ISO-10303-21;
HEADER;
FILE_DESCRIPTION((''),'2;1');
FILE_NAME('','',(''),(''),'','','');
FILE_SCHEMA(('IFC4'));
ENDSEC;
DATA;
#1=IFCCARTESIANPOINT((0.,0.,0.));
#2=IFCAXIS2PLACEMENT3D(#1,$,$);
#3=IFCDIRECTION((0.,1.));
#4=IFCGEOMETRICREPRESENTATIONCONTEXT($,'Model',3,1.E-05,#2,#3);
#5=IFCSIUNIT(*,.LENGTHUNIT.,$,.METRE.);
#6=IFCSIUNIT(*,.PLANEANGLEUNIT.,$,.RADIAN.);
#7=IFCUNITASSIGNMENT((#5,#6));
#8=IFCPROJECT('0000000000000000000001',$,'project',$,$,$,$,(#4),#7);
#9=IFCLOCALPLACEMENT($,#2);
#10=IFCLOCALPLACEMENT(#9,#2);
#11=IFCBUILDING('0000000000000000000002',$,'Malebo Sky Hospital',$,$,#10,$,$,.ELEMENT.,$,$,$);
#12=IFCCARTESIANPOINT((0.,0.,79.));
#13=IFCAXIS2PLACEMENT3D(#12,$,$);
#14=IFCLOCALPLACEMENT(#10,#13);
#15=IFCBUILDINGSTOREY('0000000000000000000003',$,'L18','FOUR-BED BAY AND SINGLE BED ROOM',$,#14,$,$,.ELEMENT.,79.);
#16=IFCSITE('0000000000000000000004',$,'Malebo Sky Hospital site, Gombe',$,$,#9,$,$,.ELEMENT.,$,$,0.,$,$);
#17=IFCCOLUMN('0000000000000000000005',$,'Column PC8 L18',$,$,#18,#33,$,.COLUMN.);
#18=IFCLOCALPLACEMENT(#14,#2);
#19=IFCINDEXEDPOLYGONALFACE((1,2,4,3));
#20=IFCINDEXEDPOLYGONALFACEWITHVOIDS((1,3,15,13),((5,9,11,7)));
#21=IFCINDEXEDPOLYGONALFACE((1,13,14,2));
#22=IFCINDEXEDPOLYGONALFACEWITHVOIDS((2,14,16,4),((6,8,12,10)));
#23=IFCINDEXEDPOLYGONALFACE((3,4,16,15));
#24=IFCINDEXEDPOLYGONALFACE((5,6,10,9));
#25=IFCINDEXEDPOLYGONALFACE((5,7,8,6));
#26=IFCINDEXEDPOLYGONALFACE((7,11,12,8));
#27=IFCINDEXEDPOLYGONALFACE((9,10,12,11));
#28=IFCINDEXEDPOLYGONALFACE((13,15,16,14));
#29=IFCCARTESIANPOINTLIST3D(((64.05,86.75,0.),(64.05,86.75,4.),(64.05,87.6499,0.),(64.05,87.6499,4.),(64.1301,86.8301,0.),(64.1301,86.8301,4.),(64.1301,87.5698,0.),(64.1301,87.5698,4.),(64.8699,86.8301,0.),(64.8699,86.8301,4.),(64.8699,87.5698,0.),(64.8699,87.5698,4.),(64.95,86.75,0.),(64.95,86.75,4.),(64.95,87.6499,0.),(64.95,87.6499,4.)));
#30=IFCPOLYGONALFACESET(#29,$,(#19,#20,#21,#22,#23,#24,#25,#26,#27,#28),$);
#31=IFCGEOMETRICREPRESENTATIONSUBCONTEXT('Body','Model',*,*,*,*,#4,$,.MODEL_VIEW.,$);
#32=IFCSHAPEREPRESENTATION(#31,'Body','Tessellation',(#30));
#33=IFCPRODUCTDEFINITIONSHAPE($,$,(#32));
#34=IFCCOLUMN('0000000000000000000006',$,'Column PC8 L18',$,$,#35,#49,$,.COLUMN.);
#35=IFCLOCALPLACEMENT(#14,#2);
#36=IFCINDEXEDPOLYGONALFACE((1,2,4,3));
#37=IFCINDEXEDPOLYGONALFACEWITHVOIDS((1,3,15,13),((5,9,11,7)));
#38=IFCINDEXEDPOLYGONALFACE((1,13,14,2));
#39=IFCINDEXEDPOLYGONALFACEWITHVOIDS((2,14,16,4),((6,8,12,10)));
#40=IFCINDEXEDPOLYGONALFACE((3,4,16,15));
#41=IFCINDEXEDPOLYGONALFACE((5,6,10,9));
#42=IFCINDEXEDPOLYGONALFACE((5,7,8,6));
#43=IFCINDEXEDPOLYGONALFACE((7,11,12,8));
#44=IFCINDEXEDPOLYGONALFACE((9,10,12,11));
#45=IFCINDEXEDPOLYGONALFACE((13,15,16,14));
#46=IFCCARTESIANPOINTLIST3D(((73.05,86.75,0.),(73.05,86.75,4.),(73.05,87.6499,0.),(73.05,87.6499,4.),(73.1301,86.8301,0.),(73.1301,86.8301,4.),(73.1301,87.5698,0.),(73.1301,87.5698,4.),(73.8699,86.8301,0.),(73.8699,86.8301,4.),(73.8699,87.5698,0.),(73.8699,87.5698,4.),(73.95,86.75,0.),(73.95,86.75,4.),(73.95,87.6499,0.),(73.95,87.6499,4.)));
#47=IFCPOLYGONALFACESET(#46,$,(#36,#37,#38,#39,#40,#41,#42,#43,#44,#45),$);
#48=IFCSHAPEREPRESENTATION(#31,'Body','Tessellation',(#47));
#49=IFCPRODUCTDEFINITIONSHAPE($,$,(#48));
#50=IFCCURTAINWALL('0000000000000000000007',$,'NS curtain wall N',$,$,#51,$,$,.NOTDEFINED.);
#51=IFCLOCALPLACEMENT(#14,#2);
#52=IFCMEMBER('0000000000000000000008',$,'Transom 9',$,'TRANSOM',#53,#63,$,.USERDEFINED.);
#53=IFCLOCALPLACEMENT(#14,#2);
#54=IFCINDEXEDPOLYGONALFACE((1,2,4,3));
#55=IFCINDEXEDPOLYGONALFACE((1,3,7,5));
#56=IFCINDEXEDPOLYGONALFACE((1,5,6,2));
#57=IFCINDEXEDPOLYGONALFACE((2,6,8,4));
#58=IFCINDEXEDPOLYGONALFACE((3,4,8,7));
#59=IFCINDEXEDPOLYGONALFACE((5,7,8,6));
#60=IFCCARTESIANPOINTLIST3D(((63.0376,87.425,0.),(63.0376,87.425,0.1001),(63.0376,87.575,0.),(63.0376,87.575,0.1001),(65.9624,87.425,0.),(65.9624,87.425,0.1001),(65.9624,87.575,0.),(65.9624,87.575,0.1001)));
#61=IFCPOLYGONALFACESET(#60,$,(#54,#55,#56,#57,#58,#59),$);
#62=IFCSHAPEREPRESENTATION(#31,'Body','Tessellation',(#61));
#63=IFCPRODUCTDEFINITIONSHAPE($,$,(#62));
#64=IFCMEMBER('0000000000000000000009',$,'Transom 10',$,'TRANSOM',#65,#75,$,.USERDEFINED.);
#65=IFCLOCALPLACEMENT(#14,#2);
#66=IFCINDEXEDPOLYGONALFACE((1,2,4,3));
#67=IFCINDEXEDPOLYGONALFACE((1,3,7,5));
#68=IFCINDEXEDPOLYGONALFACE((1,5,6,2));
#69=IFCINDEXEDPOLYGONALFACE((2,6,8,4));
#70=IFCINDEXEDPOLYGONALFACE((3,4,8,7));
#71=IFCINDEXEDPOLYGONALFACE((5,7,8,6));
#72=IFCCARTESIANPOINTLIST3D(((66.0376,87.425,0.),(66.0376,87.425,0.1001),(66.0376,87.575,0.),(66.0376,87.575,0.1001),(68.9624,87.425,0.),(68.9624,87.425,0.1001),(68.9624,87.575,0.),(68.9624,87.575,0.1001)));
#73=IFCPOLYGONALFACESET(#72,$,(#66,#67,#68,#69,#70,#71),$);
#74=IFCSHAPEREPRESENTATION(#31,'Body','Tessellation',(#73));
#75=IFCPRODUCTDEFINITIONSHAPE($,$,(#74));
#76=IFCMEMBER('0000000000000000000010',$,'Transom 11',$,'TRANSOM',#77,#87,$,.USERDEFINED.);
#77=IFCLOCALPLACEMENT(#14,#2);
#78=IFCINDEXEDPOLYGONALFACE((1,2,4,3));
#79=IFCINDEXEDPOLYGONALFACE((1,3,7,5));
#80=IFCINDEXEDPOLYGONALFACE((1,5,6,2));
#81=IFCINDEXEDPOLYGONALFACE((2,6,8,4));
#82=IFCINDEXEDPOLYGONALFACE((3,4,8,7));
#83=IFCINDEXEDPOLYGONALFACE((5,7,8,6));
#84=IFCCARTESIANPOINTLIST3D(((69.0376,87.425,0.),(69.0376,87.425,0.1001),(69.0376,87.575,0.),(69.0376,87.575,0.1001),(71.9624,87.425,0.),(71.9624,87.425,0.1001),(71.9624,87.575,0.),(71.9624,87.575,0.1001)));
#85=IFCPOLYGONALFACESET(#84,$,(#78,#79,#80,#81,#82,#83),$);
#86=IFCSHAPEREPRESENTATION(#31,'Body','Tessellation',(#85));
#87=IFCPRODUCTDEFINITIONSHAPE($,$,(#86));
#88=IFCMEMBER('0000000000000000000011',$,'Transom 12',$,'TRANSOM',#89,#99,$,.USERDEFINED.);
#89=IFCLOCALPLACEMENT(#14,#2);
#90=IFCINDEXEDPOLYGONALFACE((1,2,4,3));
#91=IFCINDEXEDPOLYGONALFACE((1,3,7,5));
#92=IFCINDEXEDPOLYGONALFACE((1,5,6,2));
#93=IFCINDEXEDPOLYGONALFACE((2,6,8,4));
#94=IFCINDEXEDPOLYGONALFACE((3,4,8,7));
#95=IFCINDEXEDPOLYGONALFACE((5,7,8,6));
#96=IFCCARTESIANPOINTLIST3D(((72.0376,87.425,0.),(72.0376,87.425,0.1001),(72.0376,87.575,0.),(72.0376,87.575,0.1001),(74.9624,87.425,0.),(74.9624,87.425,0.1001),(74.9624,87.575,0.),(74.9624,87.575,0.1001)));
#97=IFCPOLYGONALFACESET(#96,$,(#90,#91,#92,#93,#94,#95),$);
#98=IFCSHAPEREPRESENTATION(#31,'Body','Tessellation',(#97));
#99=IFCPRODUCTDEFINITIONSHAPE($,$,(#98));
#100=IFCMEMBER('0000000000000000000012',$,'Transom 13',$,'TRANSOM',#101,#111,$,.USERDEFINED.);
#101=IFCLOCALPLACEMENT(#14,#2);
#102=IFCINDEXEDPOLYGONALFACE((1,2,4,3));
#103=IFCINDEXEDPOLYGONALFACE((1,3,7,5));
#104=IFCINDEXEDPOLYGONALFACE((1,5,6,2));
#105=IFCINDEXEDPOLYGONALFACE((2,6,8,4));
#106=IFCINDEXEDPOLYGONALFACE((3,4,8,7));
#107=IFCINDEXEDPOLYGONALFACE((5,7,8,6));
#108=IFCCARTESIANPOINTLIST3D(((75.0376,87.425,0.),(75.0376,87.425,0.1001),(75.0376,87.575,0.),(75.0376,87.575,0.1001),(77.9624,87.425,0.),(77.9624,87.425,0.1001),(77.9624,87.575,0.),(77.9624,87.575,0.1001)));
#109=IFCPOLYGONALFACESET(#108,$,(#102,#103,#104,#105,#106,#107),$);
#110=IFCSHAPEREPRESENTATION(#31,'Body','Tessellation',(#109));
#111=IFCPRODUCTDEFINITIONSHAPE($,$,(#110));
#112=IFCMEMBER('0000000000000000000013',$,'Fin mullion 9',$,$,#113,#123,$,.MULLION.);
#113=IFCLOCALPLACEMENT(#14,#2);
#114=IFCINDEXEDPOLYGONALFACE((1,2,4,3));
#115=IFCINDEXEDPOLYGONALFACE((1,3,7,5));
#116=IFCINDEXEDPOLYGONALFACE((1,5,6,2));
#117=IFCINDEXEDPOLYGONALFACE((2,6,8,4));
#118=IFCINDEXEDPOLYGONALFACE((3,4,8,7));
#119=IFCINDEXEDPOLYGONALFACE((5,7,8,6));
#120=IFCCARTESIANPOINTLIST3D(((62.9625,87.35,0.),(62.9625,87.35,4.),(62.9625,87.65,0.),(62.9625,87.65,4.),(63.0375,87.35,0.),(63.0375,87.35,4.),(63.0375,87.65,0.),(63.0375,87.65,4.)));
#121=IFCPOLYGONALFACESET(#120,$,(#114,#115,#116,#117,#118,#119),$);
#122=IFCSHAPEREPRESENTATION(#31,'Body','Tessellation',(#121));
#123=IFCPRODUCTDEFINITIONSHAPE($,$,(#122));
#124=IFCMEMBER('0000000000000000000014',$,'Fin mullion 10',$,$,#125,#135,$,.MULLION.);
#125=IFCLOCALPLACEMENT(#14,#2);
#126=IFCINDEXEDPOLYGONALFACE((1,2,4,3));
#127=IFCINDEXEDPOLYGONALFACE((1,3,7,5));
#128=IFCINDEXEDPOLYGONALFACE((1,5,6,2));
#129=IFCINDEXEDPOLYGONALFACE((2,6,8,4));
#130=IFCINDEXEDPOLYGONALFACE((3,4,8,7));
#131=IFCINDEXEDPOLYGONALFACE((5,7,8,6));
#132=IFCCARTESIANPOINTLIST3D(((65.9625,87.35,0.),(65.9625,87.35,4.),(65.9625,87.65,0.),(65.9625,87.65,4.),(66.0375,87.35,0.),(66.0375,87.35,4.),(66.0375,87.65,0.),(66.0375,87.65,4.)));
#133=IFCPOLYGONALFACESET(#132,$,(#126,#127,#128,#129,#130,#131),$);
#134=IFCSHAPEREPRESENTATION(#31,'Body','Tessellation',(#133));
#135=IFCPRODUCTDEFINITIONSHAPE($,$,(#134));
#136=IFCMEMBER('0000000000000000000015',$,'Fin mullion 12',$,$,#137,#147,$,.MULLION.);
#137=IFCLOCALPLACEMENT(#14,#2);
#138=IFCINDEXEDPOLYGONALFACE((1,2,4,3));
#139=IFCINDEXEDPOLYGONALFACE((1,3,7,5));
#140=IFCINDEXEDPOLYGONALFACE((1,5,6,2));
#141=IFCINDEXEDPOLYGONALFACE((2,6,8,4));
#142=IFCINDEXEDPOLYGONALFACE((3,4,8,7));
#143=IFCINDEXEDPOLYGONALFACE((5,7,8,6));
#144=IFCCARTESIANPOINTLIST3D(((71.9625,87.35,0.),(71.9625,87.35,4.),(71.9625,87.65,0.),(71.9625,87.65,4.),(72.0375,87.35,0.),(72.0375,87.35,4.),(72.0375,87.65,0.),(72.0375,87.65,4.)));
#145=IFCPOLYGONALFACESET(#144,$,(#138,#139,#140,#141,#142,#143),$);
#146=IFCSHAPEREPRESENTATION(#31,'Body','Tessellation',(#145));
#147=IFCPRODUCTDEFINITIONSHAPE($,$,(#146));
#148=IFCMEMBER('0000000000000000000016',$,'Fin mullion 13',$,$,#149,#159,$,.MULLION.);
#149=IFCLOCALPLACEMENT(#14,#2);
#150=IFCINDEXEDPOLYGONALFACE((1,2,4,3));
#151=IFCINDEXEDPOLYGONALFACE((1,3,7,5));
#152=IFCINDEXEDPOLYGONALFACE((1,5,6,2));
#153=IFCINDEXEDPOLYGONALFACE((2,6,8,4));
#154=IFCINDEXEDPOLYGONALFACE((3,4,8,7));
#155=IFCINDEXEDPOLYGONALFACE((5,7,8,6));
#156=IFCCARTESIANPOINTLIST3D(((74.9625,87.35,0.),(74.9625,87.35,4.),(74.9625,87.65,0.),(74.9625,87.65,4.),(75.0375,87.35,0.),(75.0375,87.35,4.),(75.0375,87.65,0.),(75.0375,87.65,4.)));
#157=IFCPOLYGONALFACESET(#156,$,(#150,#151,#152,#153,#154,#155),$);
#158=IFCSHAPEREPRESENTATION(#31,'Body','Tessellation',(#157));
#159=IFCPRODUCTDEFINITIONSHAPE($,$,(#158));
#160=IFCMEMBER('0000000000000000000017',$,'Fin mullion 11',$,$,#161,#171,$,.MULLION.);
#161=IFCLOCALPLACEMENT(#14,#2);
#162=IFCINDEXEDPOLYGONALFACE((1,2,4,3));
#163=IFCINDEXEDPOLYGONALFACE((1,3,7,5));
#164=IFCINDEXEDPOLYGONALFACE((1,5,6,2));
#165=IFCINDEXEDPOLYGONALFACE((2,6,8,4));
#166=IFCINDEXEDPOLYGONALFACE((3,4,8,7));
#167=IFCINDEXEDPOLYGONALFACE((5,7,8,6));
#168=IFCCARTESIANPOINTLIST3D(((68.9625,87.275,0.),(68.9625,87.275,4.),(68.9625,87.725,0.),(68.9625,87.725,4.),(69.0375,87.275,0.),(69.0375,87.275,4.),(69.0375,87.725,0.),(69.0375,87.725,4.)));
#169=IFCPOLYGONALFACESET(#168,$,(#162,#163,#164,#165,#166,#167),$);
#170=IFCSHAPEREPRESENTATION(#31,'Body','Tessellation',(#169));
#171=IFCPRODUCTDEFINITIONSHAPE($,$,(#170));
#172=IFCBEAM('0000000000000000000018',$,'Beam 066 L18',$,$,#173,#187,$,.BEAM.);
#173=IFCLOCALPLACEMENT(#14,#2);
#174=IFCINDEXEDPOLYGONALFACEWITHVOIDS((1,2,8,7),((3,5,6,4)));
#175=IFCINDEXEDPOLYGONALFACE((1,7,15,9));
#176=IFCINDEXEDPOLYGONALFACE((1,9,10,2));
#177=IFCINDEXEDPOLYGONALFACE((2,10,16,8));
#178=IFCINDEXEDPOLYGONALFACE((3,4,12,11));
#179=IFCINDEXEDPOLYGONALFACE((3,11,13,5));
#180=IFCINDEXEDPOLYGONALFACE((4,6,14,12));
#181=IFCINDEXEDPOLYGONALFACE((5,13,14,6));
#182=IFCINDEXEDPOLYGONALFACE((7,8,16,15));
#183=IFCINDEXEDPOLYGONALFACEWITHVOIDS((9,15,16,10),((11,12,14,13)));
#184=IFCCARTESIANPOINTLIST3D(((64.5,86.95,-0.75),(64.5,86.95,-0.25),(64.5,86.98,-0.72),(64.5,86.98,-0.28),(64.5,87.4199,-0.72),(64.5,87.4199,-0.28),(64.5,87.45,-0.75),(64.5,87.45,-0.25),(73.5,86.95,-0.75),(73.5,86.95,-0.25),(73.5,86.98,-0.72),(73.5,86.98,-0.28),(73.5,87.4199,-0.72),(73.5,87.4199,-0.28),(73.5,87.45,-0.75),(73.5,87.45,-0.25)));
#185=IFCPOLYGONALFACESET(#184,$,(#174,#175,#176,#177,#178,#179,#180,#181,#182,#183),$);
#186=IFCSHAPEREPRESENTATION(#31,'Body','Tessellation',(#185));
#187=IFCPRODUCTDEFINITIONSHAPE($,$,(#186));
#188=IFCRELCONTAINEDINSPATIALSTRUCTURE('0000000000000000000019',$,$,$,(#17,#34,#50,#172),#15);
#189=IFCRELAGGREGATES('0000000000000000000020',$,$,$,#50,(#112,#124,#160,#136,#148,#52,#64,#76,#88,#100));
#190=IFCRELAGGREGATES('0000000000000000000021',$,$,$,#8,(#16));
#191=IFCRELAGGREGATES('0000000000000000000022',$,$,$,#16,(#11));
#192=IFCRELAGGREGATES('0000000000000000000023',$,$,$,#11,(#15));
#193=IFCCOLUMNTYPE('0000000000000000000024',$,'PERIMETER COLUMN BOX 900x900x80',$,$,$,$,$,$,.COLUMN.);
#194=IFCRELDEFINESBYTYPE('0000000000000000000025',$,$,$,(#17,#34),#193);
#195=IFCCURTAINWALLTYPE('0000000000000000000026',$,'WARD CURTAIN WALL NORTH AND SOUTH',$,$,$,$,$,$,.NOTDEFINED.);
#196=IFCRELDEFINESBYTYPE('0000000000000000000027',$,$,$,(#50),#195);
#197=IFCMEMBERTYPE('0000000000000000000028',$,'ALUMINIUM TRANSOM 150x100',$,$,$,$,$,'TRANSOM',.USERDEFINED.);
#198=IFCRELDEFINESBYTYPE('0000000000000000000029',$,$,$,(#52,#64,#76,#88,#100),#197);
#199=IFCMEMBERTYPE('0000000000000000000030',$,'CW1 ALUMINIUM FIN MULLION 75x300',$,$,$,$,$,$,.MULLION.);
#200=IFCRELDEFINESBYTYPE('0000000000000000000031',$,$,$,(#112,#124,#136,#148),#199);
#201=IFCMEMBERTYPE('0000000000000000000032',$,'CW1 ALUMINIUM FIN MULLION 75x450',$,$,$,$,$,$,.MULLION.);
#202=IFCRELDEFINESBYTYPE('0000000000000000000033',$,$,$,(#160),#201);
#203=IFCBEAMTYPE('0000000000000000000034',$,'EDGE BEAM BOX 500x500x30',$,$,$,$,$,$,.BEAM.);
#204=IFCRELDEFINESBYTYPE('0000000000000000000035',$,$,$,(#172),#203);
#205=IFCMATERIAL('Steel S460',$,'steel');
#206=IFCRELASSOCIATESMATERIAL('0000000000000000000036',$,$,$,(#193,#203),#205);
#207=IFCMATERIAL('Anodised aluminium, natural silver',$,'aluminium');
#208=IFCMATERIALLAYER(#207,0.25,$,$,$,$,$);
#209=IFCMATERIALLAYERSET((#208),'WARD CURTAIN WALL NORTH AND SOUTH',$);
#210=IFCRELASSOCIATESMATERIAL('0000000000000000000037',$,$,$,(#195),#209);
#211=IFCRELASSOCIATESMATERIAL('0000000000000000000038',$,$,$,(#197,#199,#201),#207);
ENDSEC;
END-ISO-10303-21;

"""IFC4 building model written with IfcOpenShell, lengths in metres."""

from ifc_helpers import new_model, si_unit, direction, frame, origin, origin_2d, place, context, subcontext, project, spatial, rectangle, hollow_rectangle, extrude, material, layer, layer_set, material_profile, profile_set, type_object, element, aggregate, save


model = new_model("IFC4")

# Units and contexts
model_context = context("Model", 3, precision=1e-05, world=origin(), true_north=direction((0.0, 1.0)))
body_context = subcontext(model_context, "Body", "Model", "MODEL_VIEW")
ifc_project = project(units=[si_unit("LENGTHUNIT", "METRE"), si_unit("PLANEANGLEUNIT", "RADIAN")], contexts=[model_context])

# Site, building, storey
site_placement = place(None, origin())
site = spatial("IfcSite", under=ifc_project, at=site_placement, Name="Malebo Sky Hospital site, Gombe", CompositionType="ELEMENT", RefElevation=0.0)
building_placement = place(site_placement, origin())
building = spatial("IfcBuilding", under=site, at=building_placement, Name="Malebo Sky Hospital", CompositionType="ELEMENT")
storey_placement = place(building_placement, frame((0.0, 0.0, 79.0)))
storey = spatial("IfcBuildingStorey", under=building, at=storey_placement, Name="L18", Description="FOUR-BED BAY AND SINGLE BED ROOM", CompositionType="ELEMENT", Elevation=79.0)

# Columns
ifc_material_1 = material(Name="Steel S460", Category="steel")
ifc_material_profile_1 = material_profile(ifc_material_1, hollow_rectangle(XDim=0.8999, YDim=0.8999, WallThickness=0.0801, at=origin_2d()), Name="BOX 900x900x80")
ifc_profile_set_1 = profile_set([ifc_material_profile_1], Name="Steel S460")
column_type = type_object("IfcColumnType", Name="PERIMETER COLUMN BOX 900x900x80", PredefinedType="COLUMN", material=ifc_profile_set_1)
for number, where, z_axis, x_axis, name in (
    (1, (64.5, 87.2, 0.0), (0.0, 0.0, 1.0), (1.0, 0.0, 0.0), "Column PC8 L18"),
    (2, (73.5, 87.2, 0.0), (0.0, 0.0, 1.0), (1.0, 0.0, 0.0), "Column PC8 L18"),
):
    element("IfcColumn", number, at=place(storey_placement, frame(where, z_axis=z_axis, x_axis=x_axis)), inside=storey, type_object=column_type, Name=name, PredefinedType="COLUMN", context=body_context, shape_type="SweptSolid", body=[
        extrude(hollow_rectangle(XDim=0.8999, YDim=0.8999, WallThickness=0.0801, at=origin_2d()), origin(), (0.0, 0.0, 1.0), 4.0),
    ])

# Curtain wall, members
ifc_material_2 = material(Name="Anodised aluminium, natural silver", Category="aluminium")
ifc_layer_1 = layer(ifc_material_2, 0.25)
ifc_layer_set_1 = layer_set([ifc_layer_1], Name="WARD CURTAIN WALL NORTH AND SOUTH")
curtain_wall_type = type_object("IfcCurtainWallType", Name="WARD CURTAIN WALL NORTH AND SOUTH", PredefinedType="NOTDEFINED", material=ifc_layer_set_1)
curtain_wall_placement = place(storey_placement, origin())
curtain_wall = element("IfcCurtainWall", 3, at=curtain_wall_placement, inside=storey, type_object=curtain_wall_type, Name="NS curtain wall N", PredefinedType="NOTDEFINED")
ifc_material_profile_2 = material_profile(ifc_material_2, rectangle(XDim=0.1499, YDim=0.1001, at=origin_2d()), Name="ALUMINIUM TRANSOM 150x100")
ifc_profile_set_2 = profile_set([ifc_material_profile_2], Name="Anodised aluminium, natural silver")
member_type_1 = type_object("IfcMemberType", Name="ALUMINIUM TRANSOM 150x100", ElementType="TRANSOM", PredefinedType="USERDEFINED", material=ifc_profile_set_2)
member_1_placement = place(storey_placement, frame((63.0376, 87.5, 0.05), z_axis=(1.0, 0.0, 0.0), x_axis=(0.0, 1.0, 0.0)))
member_1 = element("IfcMember", 4, at=member_1_placement, type_object=member_type_1, Name="Transom 9", ObjectType="TRANSOM", PredefinedType="USERDEFINED", context=body_context, shape_type="SweptSolid", body=[
    extrude(rectangle(XDim=0.1499, YDim=0.1001, at=origin_2d()), origin(), (0.0, 0.0, 1.0), 2.9248),
])
member_2_placement = place(storey_placement, frame((66.0376, 87.5, 0.05), z_axis=(1.0, 0.0, 0.0), x_axis=(0.0, 1.0, 0.0)))
member_2 = element("IfcMember", 5, at=member_2_placement, type_object=member_type_1, Name="Transom 10", ObjectType="TRANSOM", PredefinedType="USERDEFINED", context=body_context, shape_type="SweptSolid", body=[
    extrude(rectangle(XDim=0.1499, YDim=0.1001, at=origin_2d()), origin(), (0.0, 0.0, 1.0), 2.9248),
])
member_3_placement = place(storey_placement, frame((69.0376, 87.5, 0.05), z_axis=(1.0, 0.0, 0.0), x_axis=(0.0, 1.0, 0.0)))
member_3 = element("IfcMember", 6, at=member_3_placement, type_object=member_type_1, Name="Transom 11", ObjectType="TRANSOM", PredefinedType="USERDEFINED", context=body_context, shape_type="SweptSolid", body=[
    extrude(rectangle(XDim=0.1499, YDim=0.1001, at=origin_2d()), origin(), (0.0, 0.0, 1.0), 2.9248),
])
member_4_placement = place(storey_placement, frame((72.0376, 87.5, 0.05), z_axis=(1.0, 0.0, 0.0), x_axis=(0.0, 1.0, 0.0)))
member_4 = element("IfcMember", 7, at=member_4_placement, type_object=member_type_1, Name="Transom 12", ObjectType="TRANSOM", PredefinedType="USERDEFINED", context=body_context, shape_type="SweptSolid", body=[
    extrude(rectangle(XDim=0.1499, YDim=0.1001, at=origin_2d()), origin(), (0.0, 0.0, 1.0), 2.9248),
])
member_5_placement = place(storey_placement, frame((75.0376, 87.5, 0.05), z_axis=(1.0, 0.0, 0.0), x_axis=(0.0, 1.0, 0.0)))
member_5 = element("IfcMember", 8, at=member_5_placement, type_object=member_type_1, Name="Transom 13", ObjectType="TRANSOM", PredefinedType="USERDEFINED", context=body_context, shape_type="SweptSolid", body=[
    extrude(rectangle(XDim=0.1499, YDim=0.1001, at=origin_2d()), origin(), (0.0, 0.0, 1.0), 2.9248),
])
ifc_material_profile_3 = material_profile(ifc_material_2, rectangle(XDim=0.075, YDim=0.3, at=origin_2d()), Name="CW1 ALUMINIUM FIN MULLION 75x300")
ifc_profile_set_3 = profile_set([ifc_material_profile_3], Name="Anodised aluminium, natural silver")
member_type_2 = type_object("IfcMemberType", Name="CW1 ALUMINIUM FIN MULLION 75x300", PredefinedType="MULLION", material=ifc_profile_set_3)
member_6_placement = place(storey_placement, frame((63.0, 87.5, 0.0), z_axis=(0.0, 0.0, 1.0), x_axis=(1.0, 0.0, 0.0)))
member_6 = element("IfcMember", 9, at=member_6_placement, type_object=member_type_2, Name="Fin mullion 9", PredefinedType="MULLION", context=body_context, shape_type="SweptSolid", body=[
    extrude(rectangle(XDim=0.075, YDim=0.3, at=origin_2d()), origin(), (0.0, 0.0, 1.0), 4.0),
])
member_7_placement = place(storey_placement, frame((66.0, 87.5, 0.0), z_axis=(0.0, 0.0, 1.0), x_axis=(1.0, 0.0, 0.0)))
member_7 = element("IfcMember", 10, at=member_7_placement, type_object=member_type_2, Name="Fin mullion 10", PredefinedType="MULLION", context=body_context, shape_type="SweptSolid", body=[
    extrude(rectangle(XDim=0.075, YDim=0.3, at=origin_2d()), origin(), (0.0, 0.0, 1.0), 4.0),
])
member_8_placement = place(storey_placement, frame((72.0, 87.5, 0.0), z_axis=(0.0, 0.0, 1.0), x_axis=(1.0, 0.0, 0.0)))
member_8 = element("IfcMember", 11, at=member_8_placement, type_object=member_type_2, Name="Fin mullion 12", PredefinedType="MULLION", context=body_context, shape_type="SweptSolid", body=[
    extrude(rectangle(XDim=0.075, YDim=0.3, at=origin_2d()), origin(), (0.0, 0.0, 1.0), 4.0),
])
member_9_placement = place(storey_placement, frame((75.0, 87.5, 0.0), z_axis=(0.0, 0.0, 1.0), x_axis=(1.0, 0.0, 0.0)))
member_9 = element("IfcMember", 12, at=member_9_placement, type_object=member_type_2, Name="Fin mullion 13", PredefinedType="MULLION", context=body_context, shape_type="SweptSolid", body=[
    extrude(rectangle(XDim=0.075, YDim=0.3, at=origin_2d()), origin(), (0.0, 0.0, 1.0), 4.0),
])
ifc_material_profile_4 = material_profile(ifc_material_2, rectangle(XDim=0.075, YDim=0.45, at=origin_2d()), Name="CW1 ALUMINIUM FIN MULLION 75x450")
ifc_profile_set_4 = profile_set([ifc_material_profile_4], Name="Anodised aluminium, natural silver")
member_type_3 = type_object("IfcMemberType", Name="CW1 ALUMINIUM FIN MULLION 75x450", PredefinedType="MULLION", material=ifc_profile_set_4)
member_10_placement = place(storey_placement, frame((69.0, 87.5, 0.0), z_axis=(0.0, 0.0, 1.0), x_axis=(1.0, 0.0, 0.0)))
member_10 = element("IfcMember", 13, at=member_10_placement, type_object=member_type_3, Name="Fin mullion 11", PredefinedType="MULLION", context=body_context, shape_type="SweptSolid", body=[
    extrude(rectangle(XDim=0.075, YDim=0.45, at=origin_2d()), origin(), (0.0, 0.0, 1.0), 4.0),
])

# Beam
ifc_material_profile_5 = material_profile(ifc_material_1, hollow_rectangle(XDim=0.5, YDim=0.5, WallThickness=0.03, at=origin_2d()), Name="BOX 500x500x30")
ifc_profile_set_5 = profile_set([ifc_material_profile_5], Name="Steel S460")
beam_type_1 = type_object("IfcBeamType", Name="EDGE BEAM BOX 500x500x30", PredefinedType="BEAM", material=ifc_profile_set_5)
beam_1_placement = place(storey_placement, frame((64.5, 87.2, -0.5), z_axis=(1.0, 0.0, 0.0), x_axis=(0.0, 1.0, 0.0)))
element("IfcBeam", 14, at=beam_1_placement, inside=storey, type_object=beam_type_1, Name="Beam 066 L18", PredefinedType="BEAM", context=body_context, shape_type="SweptSolid", body=[
    extrude(hollow_rectangle(XDim=0.5, YDim=0.5, WallThickness=0.03, at=origin_2d()), origin(), (0.0, 0.0, 1.0), 9.0),
])

aggregate(curtain_wall, [member_6, member_7, member_10, member_8, member_9, member_1, member_2, member_3, member_4, member_5])

save(model, "model.ifc")
